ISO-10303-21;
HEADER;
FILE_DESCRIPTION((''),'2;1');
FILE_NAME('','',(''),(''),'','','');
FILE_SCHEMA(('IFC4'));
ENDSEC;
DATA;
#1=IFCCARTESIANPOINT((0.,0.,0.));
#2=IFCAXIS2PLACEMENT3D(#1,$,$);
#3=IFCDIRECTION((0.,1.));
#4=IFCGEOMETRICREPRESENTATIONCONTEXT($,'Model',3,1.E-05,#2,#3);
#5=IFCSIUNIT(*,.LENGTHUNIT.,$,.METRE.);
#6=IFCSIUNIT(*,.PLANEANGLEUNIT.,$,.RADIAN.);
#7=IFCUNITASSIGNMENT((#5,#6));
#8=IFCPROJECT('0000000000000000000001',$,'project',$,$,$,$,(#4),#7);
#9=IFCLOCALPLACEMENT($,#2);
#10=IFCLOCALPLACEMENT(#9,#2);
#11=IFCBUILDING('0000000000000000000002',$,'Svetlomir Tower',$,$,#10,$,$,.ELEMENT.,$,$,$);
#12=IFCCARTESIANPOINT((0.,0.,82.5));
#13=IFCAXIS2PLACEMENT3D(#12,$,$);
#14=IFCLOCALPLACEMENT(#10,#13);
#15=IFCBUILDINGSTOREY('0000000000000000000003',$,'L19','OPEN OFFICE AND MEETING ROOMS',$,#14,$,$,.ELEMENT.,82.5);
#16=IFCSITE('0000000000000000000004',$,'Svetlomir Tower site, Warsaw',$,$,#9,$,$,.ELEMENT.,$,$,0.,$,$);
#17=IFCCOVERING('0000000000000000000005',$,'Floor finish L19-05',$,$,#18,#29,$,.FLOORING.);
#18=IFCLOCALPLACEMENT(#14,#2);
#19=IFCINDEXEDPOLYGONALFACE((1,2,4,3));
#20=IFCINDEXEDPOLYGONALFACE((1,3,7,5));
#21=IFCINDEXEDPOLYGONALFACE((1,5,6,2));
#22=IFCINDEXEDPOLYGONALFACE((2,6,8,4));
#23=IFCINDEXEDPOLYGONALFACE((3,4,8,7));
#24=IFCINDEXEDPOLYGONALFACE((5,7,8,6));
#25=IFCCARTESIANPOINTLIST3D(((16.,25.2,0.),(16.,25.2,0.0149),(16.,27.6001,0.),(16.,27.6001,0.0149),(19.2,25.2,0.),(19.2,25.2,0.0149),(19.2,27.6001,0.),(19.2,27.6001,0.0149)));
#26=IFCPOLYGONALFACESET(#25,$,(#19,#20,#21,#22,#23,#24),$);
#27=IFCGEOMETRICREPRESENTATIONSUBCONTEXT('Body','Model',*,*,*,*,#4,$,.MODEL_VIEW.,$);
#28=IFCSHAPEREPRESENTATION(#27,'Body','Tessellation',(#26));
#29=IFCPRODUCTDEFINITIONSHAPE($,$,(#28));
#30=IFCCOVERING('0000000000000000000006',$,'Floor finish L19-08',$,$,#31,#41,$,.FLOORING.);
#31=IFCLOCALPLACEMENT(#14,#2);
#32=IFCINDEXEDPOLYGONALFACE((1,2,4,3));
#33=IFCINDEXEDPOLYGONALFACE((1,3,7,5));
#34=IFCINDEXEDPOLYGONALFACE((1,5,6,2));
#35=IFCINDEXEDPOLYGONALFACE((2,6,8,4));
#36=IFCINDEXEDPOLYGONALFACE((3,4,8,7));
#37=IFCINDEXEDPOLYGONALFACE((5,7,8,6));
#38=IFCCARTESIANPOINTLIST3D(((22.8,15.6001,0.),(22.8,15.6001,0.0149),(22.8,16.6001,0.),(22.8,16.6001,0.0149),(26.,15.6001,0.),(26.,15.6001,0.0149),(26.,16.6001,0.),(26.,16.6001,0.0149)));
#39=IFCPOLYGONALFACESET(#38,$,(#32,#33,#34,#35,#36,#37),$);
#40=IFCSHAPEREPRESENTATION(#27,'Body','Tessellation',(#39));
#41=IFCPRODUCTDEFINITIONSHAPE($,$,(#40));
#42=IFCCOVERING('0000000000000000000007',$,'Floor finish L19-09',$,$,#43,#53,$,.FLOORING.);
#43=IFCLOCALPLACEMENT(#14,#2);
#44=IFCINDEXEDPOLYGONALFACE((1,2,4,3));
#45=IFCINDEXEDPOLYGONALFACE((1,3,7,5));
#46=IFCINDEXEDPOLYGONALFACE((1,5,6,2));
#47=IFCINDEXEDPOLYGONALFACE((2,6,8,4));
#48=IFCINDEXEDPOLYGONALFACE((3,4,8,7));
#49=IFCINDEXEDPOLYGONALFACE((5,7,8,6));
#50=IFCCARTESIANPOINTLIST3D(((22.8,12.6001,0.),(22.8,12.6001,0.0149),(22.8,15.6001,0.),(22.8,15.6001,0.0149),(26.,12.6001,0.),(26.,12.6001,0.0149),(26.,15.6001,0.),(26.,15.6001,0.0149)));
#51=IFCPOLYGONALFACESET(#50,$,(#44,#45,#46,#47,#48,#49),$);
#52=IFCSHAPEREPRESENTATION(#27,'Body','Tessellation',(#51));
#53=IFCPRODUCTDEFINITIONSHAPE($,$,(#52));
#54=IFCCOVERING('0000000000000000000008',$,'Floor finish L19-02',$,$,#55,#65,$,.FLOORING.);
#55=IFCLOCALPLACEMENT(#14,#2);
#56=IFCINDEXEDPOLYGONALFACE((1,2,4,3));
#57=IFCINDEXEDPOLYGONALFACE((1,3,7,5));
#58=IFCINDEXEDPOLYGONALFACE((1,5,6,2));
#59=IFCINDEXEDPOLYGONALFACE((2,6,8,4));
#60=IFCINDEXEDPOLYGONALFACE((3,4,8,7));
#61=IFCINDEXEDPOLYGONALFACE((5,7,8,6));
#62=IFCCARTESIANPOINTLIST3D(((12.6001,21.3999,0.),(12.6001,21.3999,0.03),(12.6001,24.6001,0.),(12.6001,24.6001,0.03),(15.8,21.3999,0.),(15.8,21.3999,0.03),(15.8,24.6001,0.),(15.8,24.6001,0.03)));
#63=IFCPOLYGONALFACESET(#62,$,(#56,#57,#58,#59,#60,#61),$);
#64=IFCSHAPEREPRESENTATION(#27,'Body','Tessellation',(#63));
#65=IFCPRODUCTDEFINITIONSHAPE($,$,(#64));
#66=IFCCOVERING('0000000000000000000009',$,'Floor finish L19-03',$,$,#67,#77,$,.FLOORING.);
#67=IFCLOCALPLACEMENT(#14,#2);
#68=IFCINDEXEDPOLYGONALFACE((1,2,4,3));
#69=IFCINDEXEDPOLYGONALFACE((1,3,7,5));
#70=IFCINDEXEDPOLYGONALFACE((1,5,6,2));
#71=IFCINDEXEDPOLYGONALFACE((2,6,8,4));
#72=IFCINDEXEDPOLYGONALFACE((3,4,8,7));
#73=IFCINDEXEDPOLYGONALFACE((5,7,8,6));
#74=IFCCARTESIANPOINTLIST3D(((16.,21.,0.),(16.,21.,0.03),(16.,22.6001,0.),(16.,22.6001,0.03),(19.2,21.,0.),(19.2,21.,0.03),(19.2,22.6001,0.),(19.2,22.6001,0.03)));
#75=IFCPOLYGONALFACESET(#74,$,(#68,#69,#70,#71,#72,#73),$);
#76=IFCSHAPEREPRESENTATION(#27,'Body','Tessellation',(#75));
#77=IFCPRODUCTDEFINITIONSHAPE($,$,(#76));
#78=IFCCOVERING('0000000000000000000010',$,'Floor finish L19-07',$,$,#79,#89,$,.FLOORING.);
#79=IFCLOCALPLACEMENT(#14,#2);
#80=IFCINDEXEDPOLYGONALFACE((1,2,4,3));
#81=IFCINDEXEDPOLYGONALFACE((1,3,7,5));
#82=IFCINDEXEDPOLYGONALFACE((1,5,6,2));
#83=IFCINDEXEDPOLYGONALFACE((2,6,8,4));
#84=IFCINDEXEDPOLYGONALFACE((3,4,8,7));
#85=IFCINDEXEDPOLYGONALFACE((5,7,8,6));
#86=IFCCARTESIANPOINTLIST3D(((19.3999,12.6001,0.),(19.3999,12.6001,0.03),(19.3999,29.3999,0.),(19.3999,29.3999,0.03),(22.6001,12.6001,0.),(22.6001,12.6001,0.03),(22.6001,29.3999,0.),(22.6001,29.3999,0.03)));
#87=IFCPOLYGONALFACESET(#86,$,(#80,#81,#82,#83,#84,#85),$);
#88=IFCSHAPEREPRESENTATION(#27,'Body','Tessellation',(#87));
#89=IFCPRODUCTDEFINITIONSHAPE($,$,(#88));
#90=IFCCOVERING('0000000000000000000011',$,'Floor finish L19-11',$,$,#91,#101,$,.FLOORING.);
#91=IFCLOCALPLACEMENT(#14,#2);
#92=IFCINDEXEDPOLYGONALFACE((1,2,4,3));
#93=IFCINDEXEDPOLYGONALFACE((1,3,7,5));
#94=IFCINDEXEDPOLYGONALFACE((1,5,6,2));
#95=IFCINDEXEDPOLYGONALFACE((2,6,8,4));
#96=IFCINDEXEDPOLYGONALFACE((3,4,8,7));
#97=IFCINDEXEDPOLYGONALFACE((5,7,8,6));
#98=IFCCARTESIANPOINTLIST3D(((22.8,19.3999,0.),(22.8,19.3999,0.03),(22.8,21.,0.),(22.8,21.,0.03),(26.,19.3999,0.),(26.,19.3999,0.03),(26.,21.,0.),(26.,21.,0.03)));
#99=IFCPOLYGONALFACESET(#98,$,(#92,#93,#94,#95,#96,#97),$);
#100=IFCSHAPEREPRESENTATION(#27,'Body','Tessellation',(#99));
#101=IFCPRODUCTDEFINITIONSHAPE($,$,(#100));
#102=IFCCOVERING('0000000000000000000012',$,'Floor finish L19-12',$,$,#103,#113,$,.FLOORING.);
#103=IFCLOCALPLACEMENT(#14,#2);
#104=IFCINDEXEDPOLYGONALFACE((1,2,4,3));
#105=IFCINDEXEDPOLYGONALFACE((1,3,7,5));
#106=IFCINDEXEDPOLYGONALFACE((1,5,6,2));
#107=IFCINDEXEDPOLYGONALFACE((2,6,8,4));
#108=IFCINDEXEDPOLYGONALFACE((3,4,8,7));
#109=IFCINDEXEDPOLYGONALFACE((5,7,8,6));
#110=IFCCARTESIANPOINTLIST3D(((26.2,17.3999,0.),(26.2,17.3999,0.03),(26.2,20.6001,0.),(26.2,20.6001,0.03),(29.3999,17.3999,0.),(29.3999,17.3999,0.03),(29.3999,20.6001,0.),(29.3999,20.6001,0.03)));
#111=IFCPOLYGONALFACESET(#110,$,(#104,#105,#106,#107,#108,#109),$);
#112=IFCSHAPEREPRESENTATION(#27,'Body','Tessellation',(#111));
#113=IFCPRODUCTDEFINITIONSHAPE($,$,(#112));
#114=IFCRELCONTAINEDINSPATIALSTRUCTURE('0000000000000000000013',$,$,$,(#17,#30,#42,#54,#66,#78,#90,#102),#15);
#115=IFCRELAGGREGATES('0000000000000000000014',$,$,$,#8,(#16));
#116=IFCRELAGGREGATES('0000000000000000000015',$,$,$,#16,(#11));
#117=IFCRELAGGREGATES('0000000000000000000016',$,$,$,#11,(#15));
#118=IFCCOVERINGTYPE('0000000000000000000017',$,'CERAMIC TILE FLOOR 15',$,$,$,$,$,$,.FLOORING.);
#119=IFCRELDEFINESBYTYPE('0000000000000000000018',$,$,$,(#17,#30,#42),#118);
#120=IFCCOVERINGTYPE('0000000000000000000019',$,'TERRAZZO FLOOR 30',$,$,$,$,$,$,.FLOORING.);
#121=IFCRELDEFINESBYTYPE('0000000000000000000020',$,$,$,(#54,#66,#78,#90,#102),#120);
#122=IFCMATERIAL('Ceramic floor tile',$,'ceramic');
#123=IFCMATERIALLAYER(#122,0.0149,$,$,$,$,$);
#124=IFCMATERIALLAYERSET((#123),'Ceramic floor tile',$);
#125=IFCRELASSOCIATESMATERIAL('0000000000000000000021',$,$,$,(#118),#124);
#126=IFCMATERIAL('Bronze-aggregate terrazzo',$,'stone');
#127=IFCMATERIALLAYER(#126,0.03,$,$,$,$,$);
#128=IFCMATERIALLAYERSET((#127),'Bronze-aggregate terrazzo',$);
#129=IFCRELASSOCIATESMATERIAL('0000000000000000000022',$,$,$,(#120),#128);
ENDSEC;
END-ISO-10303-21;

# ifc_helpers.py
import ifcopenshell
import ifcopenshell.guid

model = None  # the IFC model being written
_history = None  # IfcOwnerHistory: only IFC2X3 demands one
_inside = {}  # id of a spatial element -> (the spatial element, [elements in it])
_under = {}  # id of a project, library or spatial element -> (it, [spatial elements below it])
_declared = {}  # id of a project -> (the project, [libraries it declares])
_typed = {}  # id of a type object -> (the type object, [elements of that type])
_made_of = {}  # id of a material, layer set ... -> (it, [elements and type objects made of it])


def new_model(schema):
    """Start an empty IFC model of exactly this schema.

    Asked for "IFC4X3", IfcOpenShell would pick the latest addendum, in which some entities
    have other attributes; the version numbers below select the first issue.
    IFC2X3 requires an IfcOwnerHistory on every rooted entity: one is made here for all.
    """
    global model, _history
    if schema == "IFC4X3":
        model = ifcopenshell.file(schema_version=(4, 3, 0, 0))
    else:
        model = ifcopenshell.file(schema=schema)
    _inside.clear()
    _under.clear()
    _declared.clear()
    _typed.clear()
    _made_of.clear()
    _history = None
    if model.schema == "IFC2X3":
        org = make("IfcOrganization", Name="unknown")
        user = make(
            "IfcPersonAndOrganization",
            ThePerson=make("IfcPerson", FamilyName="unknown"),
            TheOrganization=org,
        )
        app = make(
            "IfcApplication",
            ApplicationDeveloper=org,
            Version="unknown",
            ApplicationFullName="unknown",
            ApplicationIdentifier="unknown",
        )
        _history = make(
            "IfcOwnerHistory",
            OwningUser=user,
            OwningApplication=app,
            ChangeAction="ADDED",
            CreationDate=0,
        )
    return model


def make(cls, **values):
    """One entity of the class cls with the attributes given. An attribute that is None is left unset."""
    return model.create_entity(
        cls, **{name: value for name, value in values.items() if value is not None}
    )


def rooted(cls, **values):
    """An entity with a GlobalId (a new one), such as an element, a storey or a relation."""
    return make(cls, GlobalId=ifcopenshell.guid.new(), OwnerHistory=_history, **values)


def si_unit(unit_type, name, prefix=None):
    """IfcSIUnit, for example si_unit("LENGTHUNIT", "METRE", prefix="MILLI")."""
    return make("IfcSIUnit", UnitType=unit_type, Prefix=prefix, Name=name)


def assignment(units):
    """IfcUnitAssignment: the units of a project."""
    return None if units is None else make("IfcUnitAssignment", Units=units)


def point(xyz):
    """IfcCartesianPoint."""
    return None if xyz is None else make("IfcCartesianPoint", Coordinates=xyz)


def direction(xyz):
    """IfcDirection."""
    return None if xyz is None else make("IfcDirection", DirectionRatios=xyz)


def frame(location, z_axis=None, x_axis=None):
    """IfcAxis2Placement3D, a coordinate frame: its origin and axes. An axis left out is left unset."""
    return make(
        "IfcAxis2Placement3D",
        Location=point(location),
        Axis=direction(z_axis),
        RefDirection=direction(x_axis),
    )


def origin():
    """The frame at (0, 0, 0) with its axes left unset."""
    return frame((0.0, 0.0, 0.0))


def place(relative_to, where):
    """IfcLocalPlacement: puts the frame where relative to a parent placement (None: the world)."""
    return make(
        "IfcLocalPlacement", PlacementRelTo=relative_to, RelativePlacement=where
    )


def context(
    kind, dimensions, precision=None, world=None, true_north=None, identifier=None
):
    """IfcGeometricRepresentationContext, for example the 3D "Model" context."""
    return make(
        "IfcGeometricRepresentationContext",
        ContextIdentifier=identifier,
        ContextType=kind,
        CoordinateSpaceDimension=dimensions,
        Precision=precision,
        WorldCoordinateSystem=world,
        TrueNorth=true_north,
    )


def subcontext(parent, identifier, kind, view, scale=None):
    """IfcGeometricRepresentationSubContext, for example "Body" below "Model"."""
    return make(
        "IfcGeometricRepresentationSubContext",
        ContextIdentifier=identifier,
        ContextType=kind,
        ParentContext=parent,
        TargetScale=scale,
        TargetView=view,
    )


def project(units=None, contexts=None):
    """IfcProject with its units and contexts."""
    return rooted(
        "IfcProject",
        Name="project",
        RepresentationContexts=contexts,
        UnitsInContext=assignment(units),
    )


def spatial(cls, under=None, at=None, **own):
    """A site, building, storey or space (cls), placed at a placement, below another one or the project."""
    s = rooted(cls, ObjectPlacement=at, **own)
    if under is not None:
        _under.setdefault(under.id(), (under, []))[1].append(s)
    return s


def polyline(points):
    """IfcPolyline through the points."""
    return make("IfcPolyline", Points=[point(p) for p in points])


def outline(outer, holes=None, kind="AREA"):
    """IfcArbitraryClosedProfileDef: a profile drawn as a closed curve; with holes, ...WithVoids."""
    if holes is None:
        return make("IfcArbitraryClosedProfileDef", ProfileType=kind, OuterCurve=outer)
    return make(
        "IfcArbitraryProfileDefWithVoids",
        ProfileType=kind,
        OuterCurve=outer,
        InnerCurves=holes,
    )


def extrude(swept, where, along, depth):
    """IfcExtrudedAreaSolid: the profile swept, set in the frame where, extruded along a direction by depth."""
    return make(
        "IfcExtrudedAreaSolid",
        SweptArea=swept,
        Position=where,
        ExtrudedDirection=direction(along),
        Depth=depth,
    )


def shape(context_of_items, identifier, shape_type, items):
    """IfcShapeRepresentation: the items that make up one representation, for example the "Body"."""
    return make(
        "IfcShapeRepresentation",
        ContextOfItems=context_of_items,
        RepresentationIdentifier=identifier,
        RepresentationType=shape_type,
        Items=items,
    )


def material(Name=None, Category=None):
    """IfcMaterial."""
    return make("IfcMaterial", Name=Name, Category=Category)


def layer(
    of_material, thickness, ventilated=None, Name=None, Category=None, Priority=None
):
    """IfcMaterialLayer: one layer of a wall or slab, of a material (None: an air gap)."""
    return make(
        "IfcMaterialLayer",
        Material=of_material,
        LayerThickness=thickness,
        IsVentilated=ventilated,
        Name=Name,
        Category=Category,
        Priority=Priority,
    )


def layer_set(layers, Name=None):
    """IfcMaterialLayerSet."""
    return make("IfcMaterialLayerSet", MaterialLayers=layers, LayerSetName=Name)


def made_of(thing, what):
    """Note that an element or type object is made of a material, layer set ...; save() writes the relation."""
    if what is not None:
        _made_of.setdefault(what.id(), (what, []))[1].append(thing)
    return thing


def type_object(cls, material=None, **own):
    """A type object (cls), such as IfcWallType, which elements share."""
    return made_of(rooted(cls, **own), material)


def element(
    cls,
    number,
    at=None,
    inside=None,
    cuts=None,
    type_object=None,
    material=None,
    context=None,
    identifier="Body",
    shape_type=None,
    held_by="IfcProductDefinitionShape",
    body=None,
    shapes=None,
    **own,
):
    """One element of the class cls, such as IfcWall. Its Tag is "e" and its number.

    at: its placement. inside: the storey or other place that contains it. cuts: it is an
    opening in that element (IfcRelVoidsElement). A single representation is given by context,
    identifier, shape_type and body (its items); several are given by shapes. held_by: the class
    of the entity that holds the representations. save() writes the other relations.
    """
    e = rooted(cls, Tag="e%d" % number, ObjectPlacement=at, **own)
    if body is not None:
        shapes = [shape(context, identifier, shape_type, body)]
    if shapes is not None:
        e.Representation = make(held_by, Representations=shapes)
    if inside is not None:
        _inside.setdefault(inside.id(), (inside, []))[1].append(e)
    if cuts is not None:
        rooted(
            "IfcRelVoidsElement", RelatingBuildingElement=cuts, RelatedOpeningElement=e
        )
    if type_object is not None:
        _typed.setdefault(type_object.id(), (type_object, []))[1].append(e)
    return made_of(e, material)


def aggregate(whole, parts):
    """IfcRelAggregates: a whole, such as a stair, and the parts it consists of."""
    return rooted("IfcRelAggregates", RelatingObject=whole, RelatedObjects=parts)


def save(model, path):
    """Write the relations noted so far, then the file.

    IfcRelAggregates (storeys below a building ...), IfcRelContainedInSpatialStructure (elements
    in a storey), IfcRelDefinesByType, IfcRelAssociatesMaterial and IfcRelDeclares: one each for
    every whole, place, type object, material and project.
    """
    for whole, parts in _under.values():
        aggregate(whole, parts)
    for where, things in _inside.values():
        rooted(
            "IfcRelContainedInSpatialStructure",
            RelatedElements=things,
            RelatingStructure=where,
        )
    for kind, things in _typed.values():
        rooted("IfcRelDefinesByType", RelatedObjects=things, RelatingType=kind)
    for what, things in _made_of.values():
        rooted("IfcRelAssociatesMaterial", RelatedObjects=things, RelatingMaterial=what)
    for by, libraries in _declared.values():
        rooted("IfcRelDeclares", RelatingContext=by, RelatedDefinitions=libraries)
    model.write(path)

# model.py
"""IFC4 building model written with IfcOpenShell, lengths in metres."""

from ifc_helpers import new_model, si_unit, direction, frame, origin, place, context, subcontext, project, spatial, polyline, outline, extrude, material, layer, layer_set, type_object, element, save


model = new_model("IFC4")

# Units and contexts
model_context = context("Model", 3, precision=1e-05, world=origin(), true_north=direction((0.0, 1.0)))
body_context = subcontext(model_context, "Body", "Model", "MODEL_VIEW")
ifc_project = project(units=[si_unit("LENGTHUNIT", "METRE"), si_unit("PLANEANGLEUNIT", "RADIAN")], contexts=[model_context])

# Site, building, storey
site_placement = place(None, origin())
site = spatial("IfcSite", under=ifc_project, at=site_placement, Name="Svetlomir Tower site, Warsaw", CompositionType="ELEMENT", RefElevation=0.0)
building_placement = place(site_placement, origin())
building = spatial("IfcBuilding", under=site, at=building_placement, Name="Svetlomir Tower", CompositionType="ELEMENT")
storey_placement = place(building_placement, frame((0.0, 0.0, 82.5)))
storey = spatial("IfcBuildingStorey", under=building, at=storey_placement, Name="L19", Description="OPEN OFFICE AND MEETING ROOMS", CompositionType="ELEMENT", Elevation=82.5)

# Coverings
ifc_material_1 = material(Name="Ceramic floor tile", Category="ceramic")
ifc_layer_1 = layer(ifc_material_1, 0.0149)
ifc_layer_set_1 = layer_set([ifc_layer_1], Name="Ceramic floor tile")
covering_type_1 = type_object("IfcCoveringType", Name="CERAMIC TILE FLOOR 15", PredefinedType="FLOORING", material=ifc_layer_set_1)
covering_1_placement = place(storey_placement, origin())
element("IfcCovering", 1, at=covering_1_placement, inside=storey, type_object=covering_type_1, Name="Floor finish L19-05", PredefinedType="FLOORING", context=body_context, shape_type="SweptSolid", body=[
    extrude(outline(polyline([(16.0, 25.2), (19.2, 25.2), (19.2, 27.6001), (16.0, 27.6001), (16.0, 25.2)])), origin(), (0.0, 0.0, 1.0), 0.0149),
])
covering_2_placement = place(storey_placement, origin())
element("IfcCovering", 2, at=covering_2_placement, inside=storey, type_object=covering_type_1, Name="Floor finish L19-08", PredefinedType="FLOORING", context=body_context, shape_type="SweptSolid", body=[
    extrude(outline(polyline([(22.8, 15.6001), (26.0, 15.6001), (26.0, 16.6001), (22.8, 16.6001), (22.8, 15.6001)])), origin(), (0.0, 0.0, 1.0), 0.0149),
])
covering_3_placement = place(storey_placement, origin())
element("IfcCovering", 3, at=covering_3_placement, inside=storey, type_object=covering_type_1, Name="Floor finish L19-09", PredefinedType="FLOORING", context=body_context, shape_type="SweptSolid", body=[
    extrude(outline(polyline([(22.8, 12.6001), (26.0, 12.6001), (26.0, 15.6001), (22.8, 15.6001), (22.8, 12.6001)])), origin(), (0.0, 0.0, 1.0), 0.0149),
])
ifc_material_2 = material(Name="Bronze-aggregate terrazzo", Category="stone")
ifc_layer_2 = layer(ifc_material_2, 0.03)
ifc_layer_set_2 = layer_set([ifc_layer_2], Name="Bronze-aggregate terrazzo")
covering_type_2 = type_object("IfcCoveringType", Name="TERRAZZO FLOOR 30", PredefinedType="FLOORING", material=ifc_layer_set_2)
covering_4_placement = place(storey_placement, origin())
element("IfcCovering", 4, at=covering_4_placement, inside=storey, type_object=covering_type_2, Name="Floor finish L19-02", PredefinedType="FLOORING", context=body_context, shape_type="SweptSolid", body=[
    extrude(outline(polyline([(12.6001, 21.3999), (15.8, 21.3999), (15.8, 24.6001), (12.6001, 24.6001), (12.6001, 21.3999)])), origin(), (0.0, 0.0, 1.0), 0.03),
])
covering_5_placement = place(storey_placement, origin())
element("IfcCovering", 5, at=covering_5_placement, inside=storey, type_object=covering_type_2, Name="Floor finish L19-03", PredefinedType="FLOORING", context=body_context, shape_type="SweptSolid", body=[
    extrude(outline(polyline([(16.0, 21.0), (19.2, 21.0), (19.2, 22.6001), (16.0, 22.6001), (16.0, 21.0)])), origin(), (0.0, 0.0, 1.0), 0.03),
])
covering_6_placement = place(storey_placement, origin())
element("IfcCovering", 6, at=covering_6_placement, inside=storey, type_object=covering_type_2, Name="Floor finish L19-07", PredefinedType="FLOORING", context=body_context, shape_type="SweptSolid", body=[
    extrude(outline(polyline([(19.3999, 12.6001), (22.6001, 12.6001), (22.6001, 29.3999), (19.3999, 29.3999), (19.3999, 12.6001)])), origin(), (0.0, 0.0, 1.0), 0.03),
])
covering_7_placement = place(storey_placement, origin())
element("IfcCovering", 7, at=covering_7_placement, inside=storey, type_object=covering_type_2, Name="Floor finish L19-11", PredefinedType="FLOORING", context=body_context, shape_type="SweptSolid", body=[
    extrude(outline(polyline([(22.8, 19.3999), (26.0, 19.3999), (26.0, 21.0), (22.8, 21.0), (22.8, 19.3999)])), origin(), (0.0, 0.0, 1.0), 0.03),
])
covering_8_placement = place(storey_placement, origin())
element("IfcCovering", 8, at=covering_8_placement, inside=storey, type_object=covering_type_2, Name="Floor finish L19-12", PredefinedType="FLOORING", context=body_context, shape_type="SweptSolid", body=[
    extrude(outline(polyline([(26.2, 17.3999), (29.3999, 17.3999), (29.3999, 20.6001), (26.2, 20.6001), (26.2, 17.3999)])), origin(), (0.0, 0.0, 1.0), 0.03),
])

save(model, "model.ifc")
